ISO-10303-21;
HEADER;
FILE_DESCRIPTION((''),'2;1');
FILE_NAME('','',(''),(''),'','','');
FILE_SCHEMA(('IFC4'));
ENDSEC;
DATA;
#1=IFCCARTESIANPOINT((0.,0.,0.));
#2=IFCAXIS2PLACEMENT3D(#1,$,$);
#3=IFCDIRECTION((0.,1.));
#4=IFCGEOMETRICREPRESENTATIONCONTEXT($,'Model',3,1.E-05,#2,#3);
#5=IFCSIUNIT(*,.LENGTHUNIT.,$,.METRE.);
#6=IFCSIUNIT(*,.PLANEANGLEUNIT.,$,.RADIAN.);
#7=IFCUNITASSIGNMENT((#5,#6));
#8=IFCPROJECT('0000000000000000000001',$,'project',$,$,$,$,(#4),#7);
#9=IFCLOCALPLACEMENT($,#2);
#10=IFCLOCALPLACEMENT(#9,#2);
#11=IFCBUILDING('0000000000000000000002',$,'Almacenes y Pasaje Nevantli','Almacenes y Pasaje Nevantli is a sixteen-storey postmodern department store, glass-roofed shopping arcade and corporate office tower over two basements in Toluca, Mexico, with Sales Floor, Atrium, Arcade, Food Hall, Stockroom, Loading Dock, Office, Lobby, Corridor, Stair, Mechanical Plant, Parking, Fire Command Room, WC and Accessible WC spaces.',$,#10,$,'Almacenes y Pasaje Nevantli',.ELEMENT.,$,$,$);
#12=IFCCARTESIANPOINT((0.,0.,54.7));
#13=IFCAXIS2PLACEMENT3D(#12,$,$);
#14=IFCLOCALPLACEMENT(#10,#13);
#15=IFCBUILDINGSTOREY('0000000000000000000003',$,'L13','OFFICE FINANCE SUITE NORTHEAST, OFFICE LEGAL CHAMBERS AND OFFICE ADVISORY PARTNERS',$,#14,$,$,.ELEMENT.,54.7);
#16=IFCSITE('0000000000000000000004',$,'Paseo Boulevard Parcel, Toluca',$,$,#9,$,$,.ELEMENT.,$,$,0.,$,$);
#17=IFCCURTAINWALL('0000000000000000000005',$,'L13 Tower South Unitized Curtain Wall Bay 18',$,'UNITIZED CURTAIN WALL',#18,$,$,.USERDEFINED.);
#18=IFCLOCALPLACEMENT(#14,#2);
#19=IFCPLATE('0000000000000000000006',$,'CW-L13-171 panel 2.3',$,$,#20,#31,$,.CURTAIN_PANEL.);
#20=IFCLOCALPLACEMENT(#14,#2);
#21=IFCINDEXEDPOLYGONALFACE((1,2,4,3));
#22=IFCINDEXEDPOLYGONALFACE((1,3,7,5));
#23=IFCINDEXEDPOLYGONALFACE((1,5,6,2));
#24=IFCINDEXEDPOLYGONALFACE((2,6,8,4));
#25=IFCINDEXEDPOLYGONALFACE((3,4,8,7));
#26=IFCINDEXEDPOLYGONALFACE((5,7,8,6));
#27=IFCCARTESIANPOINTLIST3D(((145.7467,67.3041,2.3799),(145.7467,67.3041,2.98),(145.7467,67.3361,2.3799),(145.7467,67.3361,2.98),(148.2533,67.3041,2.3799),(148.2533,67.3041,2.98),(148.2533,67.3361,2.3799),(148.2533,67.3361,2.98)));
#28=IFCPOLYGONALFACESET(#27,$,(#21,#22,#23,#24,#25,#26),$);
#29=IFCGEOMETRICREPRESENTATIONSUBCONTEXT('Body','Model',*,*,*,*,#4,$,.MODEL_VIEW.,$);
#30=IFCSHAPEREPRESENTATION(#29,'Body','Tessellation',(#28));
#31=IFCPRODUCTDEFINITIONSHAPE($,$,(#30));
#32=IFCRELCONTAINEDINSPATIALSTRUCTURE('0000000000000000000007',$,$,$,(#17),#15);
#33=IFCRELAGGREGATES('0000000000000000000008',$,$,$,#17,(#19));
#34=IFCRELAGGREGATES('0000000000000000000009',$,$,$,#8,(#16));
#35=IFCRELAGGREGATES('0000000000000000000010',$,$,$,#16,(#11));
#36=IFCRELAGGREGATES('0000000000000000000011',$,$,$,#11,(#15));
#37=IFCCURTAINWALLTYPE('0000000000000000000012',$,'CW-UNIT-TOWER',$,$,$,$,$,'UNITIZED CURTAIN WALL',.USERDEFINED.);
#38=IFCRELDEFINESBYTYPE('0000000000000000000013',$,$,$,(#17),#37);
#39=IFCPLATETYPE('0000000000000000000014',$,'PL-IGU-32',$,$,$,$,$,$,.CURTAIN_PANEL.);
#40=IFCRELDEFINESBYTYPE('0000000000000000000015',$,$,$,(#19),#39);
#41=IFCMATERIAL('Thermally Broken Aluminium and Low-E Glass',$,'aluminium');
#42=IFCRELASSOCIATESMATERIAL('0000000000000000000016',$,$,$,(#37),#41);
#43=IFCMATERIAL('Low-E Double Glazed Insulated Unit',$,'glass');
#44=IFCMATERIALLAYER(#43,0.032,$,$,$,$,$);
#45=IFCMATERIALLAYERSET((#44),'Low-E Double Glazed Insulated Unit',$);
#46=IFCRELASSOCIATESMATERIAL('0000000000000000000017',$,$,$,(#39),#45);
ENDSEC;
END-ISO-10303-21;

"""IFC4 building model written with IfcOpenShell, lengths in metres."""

from ifc_helpers import new_model, si_unit, direction, frame, origin, origin_2d, place, context, subcontext, project, spatial, rectangle, extrude, material, layer, layer_set, type_object, element, aggregate, save


model = new_model("IFC4")

# Units and contexts
model_context = context("Model", 3, precision=1e-05, world=origin(), true_north=direction((0.0, 1.0)))
body_context = subcontext(model_context, "Body", "Model", "MODEL_VIEW")
ifc_project = project(units=[si_unit("LENGTHUNIT", "METRE"), si_unit("PLANEANGLEUNIT", "RADIAN")], contexts=[model_context])

# Site, building, storey
site_placement = place(None, origin())
site = spatial("IfcSite", under=ifc_project, at=site_placement, Name="Paseo Boulevard Parcel, Toluca", CompositionType="ELEMENT", RefElevation=0.0)
building_placement = place(site_placement, origin())
building = spatial("IfcBuilding", under=site, at=building_placement, Name="Almacenes y Pasaje Nevantli", Description="Almacenes y Pasaje Nevantli is a sixteen-storey postmodern department store, glass-roofed shopping arcade and corporate office tower over two basements in Toluca, Mexico, with Sales Floor, Atrium, Arcade, Food Hall, Stockroom, Loading Dock, Office, Lobby, Corridor, Stair, Mechanical Plant, Parking, Fire Command Room, WC and Accessible WC spaces.", LongName="Almacenes y Pasaje Nevantli", CompositionType="ELEMENT")
storey_placement = place(building_placement, frame((0.0, 0.0, 54.7)))
storey = spatial("IfcBuildingStorey", under=building, at=storey_placement, Name="L13", Description="OFFICE FINANCE SUITE NORTHEAST, OFFICE LEGAL CHAMBERS AND OFFICE ADVISORY PARTNERS", CompositionType="ELEMENT", Elevation=54.7)

# Curtain wall, plate
ifc_material_1 = material(Name="Thermally Broken Aluminium and Low-E Glass", Category="aluminium")
curtain_wall_type = type_object("IfcCurtainWallType", Name="CW-UNIT-TOWER", ElementType="UNITIZED CURTAIN WALL", PredefinedType="USERDEFINED", material=ifc_material_1)
curtain_wall_placement = place(storey_placement, origin())
curtain_wall = element("IfcCurtainWall", 1, at=curtain_wall_placement, inside=storey, type_object=curtain_wall_type, Name="L13 Tower South Unitized Curtain Wall Bay 18", ObjectType="UNITIZED CURTAIN WALL", PredefinedType="USERDEFINED")
ifc_material_2 = material(Name="Low-E Double Glazed Insulated Unit", Category="glass")
ifc_layer = layer(ifc_material_2, 0.032)
ifc_layer_set = layer_set([ifc_layer], Name="Low-E Double Glazed Insulated Unit")
plate_type = type_object("IfcPlateType", Name="PL-IGU-32", PredefinedType="CURTAIN_PANEL", material=ifc_layer_set)
plate_1_placement = place(storey_placement, frame((147.0, 67.3201, 2.3799), z_axis=(0.0, 0.0, 1.0), x_axis=(1.0, 0.0, 0.0)))
plate_1 = element("IfcPlate", 2, at=plate_1_placement, type_object=plate_type, Name="CW-L13-171 panel 2.3", PredefinedType="CURTAIN_PANEL", context=body_context, shape_type="SweptSolid", body=[
    extrude(rectangle(XDim=2.5066, YDim=0.032, at=origin_2d()), origin(), (0.0, 0.0, 1.0), 0.6001),
])
aggregate(curtain_wall, [plate_1])

save(model, "model.ifc")
